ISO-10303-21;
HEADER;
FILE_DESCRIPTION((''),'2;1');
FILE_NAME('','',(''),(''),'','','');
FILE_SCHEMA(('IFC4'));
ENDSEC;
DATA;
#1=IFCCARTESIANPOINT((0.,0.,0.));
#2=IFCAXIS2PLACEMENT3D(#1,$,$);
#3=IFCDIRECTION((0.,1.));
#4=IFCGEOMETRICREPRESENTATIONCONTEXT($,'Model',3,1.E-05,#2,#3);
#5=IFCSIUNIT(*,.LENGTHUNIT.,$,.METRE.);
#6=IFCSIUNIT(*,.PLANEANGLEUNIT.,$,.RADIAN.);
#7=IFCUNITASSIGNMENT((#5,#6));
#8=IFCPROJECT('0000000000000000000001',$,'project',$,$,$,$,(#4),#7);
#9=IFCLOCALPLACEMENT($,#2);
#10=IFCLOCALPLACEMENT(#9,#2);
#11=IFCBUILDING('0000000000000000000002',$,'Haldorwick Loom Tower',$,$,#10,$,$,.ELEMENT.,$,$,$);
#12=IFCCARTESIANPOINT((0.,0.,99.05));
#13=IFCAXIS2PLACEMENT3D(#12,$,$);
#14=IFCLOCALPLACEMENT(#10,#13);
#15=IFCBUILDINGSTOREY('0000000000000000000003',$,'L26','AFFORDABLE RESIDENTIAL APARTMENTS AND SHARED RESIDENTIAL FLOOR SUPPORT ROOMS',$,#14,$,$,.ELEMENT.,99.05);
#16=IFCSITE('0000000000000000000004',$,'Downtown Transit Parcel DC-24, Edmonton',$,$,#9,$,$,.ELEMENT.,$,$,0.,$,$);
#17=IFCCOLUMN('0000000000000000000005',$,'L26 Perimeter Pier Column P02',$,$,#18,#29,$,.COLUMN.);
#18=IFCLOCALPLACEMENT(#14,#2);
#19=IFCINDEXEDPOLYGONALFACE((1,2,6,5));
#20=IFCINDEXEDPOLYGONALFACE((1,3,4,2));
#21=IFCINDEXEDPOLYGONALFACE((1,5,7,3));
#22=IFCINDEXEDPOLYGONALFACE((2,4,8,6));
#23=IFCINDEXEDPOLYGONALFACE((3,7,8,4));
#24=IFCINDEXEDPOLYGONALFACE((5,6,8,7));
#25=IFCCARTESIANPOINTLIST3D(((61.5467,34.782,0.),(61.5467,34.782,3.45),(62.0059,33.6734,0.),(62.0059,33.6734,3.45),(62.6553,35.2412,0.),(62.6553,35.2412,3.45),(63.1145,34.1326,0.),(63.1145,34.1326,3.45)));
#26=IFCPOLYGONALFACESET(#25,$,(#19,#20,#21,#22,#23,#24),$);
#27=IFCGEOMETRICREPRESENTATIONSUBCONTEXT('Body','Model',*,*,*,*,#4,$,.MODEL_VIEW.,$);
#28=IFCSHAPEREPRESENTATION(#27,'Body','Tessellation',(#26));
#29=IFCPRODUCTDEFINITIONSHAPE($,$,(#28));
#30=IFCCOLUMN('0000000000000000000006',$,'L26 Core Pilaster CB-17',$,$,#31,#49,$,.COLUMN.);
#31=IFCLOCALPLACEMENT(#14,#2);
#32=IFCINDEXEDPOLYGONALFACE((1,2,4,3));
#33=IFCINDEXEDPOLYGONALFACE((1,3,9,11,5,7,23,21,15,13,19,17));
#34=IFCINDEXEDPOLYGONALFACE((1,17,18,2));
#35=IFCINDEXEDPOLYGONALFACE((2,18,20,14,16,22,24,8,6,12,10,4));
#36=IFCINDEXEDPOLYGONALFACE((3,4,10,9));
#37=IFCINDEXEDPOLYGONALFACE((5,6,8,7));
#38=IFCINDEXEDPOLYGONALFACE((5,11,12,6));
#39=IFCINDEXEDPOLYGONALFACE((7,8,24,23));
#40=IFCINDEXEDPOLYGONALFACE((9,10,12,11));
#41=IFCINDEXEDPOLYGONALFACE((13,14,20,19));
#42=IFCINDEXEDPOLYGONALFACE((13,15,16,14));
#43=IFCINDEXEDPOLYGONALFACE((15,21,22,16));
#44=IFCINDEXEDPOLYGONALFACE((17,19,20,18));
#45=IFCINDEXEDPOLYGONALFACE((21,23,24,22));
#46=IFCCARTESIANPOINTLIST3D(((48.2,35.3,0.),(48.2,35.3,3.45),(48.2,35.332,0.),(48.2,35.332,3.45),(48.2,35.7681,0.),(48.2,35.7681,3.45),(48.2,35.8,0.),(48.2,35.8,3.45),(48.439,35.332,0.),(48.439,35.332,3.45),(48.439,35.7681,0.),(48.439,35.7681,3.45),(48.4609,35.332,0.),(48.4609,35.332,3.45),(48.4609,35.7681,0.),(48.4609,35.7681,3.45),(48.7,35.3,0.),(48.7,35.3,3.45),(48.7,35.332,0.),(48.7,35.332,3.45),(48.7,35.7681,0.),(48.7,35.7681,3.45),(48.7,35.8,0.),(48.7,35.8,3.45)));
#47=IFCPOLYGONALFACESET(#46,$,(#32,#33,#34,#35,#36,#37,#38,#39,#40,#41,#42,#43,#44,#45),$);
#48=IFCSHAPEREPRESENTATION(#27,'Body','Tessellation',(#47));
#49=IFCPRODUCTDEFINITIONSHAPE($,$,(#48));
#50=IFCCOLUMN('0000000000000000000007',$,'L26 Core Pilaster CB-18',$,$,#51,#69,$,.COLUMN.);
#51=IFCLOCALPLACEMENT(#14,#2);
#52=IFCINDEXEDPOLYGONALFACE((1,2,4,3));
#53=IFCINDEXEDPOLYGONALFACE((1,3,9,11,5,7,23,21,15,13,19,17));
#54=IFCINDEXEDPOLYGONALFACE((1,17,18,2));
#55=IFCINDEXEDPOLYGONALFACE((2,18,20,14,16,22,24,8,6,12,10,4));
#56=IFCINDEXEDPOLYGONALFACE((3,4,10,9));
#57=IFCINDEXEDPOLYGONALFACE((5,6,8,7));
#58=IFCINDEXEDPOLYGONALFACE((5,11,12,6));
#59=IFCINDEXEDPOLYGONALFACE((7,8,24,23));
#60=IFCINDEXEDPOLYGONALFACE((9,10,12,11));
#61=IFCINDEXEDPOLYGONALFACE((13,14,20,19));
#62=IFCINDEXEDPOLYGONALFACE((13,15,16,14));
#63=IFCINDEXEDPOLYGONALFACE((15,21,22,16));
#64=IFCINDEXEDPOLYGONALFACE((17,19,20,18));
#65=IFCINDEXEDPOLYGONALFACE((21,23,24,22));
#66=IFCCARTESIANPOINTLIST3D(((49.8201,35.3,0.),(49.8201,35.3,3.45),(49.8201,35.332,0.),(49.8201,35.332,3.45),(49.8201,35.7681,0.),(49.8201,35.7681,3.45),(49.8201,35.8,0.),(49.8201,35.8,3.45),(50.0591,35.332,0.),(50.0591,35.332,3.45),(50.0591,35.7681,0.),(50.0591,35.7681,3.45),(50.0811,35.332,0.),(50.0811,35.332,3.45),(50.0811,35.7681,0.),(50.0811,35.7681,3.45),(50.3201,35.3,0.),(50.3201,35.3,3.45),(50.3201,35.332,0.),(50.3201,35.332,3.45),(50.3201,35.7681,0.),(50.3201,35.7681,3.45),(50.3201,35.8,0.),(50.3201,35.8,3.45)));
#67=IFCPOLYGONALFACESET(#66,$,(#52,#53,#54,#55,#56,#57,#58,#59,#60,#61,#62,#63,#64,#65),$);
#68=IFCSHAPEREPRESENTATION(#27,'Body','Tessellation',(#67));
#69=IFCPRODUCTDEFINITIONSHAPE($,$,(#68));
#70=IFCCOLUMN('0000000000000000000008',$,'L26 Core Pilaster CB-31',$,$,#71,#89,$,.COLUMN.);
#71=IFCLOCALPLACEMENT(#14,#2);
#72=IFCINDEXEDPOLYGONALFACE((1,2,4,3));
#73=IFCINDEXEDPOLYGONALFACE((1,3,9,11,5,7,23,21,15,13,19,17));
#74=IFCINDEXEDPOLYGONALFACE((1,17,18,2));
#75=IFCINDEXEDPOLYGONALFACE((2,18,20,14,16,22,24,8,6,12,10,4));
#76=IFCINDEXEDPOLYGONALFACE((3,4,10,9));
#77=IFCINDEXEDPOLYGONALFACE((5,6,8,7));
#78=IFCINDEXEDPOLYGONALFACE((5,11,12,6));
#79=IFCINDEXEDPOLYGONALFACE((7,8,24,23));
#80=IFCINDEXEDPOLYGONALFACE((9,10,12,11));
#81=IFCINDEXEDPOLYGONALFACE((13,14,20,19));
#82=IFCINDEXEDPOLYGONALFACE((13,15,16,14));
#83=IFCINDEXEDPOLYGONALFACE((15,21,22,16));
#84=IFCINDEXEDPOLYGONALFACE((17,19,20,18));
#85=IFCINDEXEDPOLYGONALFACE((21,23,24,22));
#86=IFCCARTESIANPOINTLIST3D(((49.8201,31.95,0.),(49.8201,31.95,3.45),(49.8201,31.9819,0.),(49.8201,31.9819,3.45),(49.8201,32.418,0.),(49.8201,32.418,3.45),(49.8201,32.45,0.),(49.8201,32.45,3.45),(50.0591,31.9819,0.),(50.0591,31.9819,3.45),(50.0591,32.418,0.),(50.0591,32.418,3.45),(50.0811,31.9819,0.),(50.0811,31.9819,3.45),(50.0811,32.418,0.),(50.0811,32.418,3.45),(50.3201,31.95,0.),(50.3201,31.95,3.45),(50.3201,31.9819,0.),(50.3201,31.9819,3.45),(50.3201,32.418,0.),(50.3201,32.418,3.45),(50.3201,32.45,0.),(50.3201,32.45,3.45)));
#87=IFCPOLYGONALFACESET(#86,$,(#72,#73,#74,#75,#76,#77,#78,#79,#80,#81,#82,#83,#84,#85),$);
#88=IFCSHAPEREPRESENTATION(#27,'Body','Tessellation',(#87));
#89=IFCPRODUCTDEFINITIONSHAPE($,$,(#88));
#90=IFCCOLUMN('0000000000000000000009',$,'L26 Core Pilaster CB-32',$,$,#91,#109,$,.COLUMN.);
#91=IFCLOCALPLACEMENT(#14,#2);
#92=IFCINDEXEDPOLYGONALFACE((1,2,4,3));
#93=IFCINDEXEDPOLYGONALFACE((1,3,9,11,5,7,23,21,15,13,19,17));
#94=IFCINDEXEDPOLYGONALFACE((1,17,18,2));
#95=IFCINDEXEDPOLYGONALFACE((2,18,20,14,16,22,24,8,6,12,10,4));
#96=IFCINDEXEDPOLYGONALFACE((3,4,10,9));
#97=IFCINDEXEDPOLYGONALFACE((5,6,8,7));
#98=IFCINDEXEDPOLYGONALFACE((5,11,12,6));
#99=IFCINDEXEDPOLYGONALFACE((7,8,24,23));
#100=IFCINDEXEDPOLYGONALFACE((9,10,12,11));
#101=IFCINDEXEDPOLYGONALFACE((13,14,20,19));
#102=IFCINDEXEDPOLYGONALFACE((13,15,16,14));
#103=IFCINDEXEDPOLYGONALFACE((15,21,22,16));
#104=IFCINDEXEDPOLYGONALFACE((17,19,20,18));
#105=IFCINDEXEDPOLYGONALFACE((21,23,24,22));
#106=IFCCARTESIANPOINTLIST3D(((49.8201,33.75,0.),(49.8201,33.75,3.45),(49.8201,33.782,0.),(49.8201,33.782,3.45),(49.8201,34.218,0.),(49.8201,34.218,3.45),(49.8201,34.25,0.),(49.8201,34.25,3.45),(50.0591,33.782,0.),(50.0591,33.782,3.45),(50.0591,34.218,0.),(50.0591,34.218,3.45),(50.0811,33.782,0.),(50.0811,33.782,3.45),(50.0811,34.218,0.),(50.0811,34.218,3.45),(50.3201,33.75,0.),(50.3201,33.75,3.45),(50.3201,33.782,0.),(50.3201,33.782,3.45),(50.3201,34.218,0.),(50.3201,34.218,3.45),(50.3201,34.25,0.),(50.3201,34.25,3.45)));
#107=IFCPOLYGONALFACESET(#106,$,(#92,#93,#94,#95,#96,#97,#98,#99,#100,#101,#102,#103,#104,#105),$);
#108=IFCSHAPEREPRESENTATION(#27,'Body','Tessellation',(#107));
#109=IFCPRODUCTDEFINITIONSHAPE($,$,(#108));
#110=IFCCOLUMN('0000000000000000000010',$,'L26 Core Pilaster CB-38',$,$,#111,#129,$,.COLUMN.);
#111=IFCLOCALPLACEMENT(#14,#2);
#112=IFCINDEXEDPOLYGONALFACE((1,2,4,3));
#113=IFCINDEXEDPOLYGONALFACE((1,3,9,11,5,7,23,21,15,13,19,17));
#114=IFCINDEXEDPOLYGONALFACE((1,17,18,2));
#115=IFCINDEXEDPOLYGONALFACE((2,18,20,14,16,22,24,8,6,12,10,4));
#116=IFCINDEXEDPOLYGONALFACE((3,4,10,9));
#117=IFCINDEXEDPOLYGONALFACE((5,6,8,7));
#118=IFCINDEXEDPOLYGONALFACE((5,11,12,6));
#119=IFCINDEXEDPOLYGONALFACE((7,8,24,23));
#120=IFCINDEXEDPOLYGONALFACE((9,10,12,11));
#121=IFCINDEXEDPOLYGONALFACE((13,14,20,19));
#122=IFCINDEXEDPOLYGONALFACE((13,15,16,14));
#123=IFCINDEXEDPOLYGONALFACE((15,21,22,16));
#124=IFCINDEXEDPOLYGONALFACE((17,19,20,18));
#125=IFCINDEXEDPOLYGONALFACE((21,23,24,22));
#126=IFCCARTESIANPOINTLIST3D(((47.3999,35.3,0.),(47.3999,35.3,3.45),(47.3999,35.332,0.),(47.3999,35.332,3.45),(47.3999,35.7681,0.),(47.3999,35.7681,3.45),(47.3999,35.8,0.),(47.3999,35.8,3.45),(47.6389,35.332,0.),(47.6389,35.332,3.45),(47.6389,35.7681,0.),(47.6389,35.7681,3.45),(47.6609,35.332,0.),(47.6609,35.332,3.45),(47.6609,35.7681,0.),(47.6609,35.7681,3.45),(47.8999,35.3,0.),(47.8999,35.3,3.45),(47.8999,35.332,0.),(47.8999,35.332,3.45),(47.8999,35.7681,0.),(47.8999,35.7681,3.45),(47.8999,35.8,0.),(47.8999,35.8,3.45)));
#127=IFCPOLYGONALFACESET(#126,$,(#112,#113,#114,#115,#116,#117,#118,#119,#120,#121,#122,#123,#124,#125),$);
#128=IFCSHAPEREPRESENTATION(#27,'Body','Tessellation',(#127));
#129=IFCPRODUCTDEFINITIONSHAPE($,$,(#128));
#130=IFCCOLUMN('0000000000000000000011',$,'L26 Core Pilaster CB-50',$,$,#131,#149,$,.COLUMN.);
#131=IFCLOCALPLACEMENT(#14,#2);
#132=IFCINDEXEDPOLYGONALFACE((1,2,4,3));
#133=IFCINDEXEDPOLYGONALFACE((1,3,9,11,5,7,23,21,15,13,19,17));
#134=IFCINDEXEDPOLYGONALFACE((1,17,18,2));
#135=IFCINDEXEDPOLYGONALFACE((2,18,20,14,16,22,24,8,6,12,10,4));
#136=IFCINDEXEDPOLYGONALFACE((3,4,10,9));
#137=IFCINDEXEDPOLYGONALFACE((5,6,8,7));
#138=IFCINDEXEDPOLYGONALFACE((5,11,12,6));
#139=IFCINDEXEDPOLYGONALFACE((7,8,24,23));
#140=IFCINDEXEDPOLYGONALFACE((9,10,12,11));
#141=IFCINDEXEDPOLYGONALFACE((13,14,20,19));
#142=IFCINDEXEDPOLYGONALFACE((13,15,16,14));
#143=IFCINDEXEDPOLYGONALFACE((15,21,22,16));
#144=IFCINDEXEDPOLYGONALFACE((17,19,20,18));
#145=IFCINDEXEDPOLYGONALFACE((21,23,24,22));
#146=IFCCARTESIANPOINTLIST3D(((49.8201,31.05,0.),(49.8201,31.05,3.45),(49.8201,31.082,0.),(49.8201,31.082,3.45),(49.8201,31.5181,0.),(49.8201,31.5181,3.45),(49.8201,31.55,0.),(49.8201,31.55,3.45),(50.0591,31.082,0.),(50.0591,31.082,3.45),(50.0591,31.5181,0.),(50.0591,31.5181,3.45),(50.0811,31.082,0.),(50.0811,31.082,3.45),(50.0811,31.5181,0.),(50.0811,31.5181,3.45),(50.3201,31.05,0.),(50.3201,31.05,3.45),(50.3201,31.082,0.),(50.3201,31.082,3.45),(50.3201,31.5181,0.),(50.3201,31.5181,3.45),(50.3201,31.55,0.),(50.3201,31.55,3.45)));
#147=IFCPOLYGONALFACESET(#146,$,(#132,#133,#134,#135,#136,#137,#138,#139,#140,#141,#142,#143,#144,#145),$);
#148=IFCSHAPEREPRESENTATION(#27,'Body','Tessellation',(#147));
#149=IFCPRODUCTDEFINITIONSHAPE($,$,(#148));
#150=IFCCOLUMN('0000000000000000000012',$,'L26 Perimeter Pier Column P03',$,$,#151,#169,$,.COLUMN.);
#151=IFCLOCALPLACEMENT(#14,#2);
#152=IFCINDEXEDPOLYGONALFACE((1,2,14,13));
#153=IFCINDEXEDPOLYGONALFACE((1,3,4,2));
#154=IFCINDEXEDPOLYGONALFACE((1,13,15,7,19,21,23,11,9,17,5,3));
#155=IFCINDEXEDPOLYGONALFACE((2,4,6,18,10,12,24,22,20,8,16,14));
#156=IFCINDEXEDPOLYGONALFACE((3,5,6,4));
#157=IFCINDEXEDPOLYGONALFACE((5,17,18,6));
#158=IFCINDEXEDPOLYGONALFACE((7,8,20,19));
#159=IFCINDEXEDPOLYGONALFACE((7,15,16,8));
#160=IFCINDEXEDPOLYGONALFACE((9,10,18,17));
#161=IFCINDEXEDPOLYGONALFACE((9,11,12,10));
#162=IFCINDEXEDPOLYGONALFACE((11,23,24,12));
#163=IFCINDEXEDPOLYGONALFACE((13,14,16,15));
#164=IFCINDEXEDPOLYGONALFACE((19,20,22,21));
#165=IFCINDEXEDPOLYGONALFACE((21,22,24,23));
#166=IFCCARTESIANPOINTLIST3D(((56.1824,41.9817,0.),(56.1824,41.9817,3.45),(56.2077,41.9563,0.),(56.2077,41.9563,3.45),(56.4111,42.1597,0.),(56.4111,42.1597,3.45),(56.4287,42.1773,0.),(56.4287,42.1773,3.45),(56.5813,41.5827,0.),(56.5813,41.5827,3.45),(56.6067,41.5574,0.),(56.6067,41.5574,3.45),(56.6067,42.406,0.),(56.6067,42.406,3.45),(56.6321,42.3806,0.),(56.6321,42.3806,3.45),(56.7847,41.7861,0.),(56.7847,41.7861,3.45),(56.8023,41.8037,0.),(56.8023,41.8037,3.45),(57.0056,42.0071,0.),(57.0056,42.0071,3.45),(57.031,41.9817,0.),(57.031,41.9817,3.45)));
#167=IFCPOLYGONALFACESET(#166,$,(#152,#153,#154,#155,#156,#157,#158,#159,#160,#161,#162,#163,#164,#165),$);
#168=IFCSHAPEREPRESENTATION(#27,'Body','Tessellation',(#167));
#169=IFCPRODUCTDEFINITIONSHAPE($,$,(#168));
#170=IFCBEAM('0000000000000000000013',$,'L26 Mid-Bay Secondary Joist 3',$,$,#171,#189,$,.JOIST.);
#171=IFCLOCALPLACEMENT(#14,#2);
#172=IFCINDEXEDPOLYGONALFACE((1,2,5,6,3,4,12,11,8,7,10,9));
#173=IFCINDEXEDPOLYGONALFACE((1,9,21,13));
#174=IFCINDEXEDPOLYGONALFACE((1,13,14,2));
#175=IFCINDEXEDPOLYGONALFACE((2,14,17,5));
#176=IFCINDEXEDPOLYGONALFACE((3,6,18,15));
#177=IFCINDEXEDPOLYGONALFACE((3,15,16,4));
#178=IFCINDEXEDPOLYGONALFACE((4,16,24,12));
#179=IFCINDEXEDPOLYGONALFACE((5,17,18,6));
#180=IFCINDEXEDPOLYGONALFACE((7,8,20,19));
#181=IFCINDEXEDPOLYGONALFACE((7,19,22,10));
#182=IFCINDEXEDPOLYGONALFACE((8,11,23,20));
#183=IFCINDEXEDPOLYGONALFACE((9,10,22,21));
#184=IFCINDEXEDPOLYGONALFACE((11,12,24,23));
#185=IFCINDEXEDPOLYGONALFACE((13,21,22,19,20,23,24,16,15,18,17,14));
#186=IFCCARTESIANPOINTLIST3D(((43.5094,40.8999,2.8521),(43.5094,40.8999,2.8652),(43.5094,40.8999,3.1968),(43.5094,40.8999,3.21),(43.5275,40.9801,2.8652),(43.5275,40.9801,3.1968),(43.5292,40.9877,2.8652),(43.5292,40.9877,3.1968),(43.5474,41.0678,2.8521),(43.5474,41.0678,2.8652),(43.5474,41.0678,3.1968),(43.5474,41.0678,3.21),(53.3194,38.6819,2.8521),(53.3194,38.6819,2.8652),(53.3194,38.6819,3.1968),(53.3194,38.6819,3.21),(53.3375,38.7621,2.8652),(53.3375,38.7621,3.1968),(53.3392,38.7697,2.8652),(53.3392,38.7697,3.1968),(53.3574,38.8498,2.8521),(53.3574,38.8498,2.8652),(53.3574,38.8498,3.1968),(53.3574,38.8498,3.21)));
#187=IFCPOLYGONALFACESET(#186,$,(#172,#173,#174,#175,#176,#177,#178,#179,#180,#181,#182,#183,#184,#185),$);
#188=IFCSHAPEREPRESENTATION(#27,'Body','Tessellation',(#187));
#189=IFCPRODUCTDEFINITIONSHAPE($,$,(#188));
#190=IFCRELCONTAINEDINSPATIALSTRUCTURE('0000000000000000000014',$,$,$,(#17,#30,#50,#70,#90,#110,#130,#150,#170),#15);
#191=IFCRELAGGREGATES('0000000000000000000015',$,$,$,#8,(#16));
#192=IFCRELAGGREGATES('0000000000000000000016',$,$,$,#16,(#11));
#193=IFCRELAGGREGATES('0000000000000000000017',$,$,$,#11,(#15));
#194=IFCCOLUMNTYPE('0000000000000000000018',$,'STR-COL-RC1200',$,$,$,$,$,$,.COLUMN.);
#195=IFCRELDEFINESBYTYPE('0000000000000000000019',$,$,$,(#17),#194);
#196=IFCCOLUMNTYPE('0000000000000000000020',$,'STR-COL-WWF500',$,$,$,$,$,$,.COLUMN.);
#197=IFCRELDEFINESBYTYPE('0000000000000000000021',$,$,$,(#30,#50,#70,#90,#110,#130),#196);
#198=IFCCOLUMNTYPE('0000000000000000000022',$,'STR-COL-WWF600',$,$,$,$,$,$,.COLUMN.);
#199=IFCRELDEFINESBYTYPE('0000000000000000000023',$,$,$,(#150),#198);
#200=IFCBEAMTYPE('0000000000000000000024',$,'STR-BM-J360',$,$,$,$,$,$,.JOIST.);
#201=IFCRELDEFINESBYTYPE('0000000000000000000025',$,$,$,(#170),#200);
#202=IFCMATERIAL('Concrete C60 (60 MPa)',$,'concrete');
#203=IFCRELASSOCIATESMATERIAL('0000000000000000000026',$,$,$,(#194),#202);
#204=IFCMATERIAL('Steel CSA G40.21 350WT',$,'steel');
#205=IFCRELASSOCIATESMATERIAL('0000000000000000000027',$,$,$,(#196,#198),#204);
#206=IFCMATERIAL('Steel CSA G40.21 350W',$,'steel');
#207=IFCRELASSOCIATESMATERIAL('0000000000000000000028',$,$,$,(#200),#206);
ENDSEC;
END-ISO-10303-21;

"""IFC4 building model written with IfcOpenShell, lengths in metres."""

from ifc_helpers import new_model, si_unit, direction, frame, origin, origin_2d, place, context, subcontext, project, spatial, rectangle, i_section, extrude, material, material_profile, profile_set, type_object, element, save


model = new_model("IFC4")

# Units and contexts
model_context = context("Model", 3, precision=1e-05, world=origin(), true_north=direction((0.0, 1.0)))
body_context = subcontext(model_context, "Body", "Model", "MODEL_VIEW")
ifc_project = project(units=[si_unit("LENGTHUNIT", "METRE"), si_unit("PLANEANGLEUNIT", "RADIAN")], contexts=[model_context])

# Site, building, storey
site_placement = place(None, origin())
site = spatial("IfcSite", under=ifc_project, at=site_placement, Name="Downtown Transit Parcel DC-24, Edmonton", CompositionType="ELEMENT", RefElevation=0.0)
building_placement = place(site_placement, origin())
building = spatial("IfcBuilding", under=site, at=building_placement, Name="Haldorwick Loom Tower", CompositionType="ELEMENT")
storey_placement = place(building_placement, frame((0.0, 0.0, 99.05)))
storey = spatial("IfcBuildingStorey", under=building, at=storey_placement, Name="L26", Description="AFFORDABLE RESIDENTIAL APARTMENTS AND SHARED RESIDENTIAL FLOOR SUPPORT ROOMS", CompositionType="ELEMENT", Elevation=99.05)

# Columns
ifc_material_1 = material(Name="Concrete C60 (60 MPa)", Category="concrete")
ifc_material_profile_1 = material_profile(ifc_material_1, rectangle(XDim=1.2, YDim=1.2, at=origin_2d()), Name="RC1200X1200", Category="concrete")
ifc_profile_set_1 = profile_set([ifc_material_profile_1], Name="Concrete C60 (60 MPa)")
column_type_1 = type_object("IfcColumnType", Name="STR-COL-RC1200", PredefinedType="COLUMN", material=ifc_profile_set_1)
column_1_placement = place(storey_placement, frame((62.3306, 34.4573, 0.0), z_axis=(0.0, 0.0, 1.0), x_axis=(0.92388, 0.382683, 0.0)))
element("IfcColumn", 1, at=column_1_placement, inside=storey, type_object=column_type_1, Name="L26 Perimeter Pier Column P02", PredefinedType="COLUMN", context=body_context, shape_type="SweptSolid", body=[
    extrude(rectangle(XDim=1.2, YDim=1.2, at=origin_2d()), origin(), (0.0, 0.0, 1.0), 3.45),
])
ifc_material_2 = material(Name="Steel CSA G40.21 350WT", Category="steel")
ifc_material_profile_2 = material_profile(ifc_material_2, i_section(OverallWidth=0.5, OverallDepth=0.5, WebThickness=0.022, FlangeThickness=0.032, at=origin_2d()), Name="WWF500X500", Category="steel")
ifc_profile_set_2 = profile_set([ifc_material_profile_2], Name="Steel CSA G40.21 350WT")
column_type_2 = type_object("IfcColumnType", Name="STR-COL-WWF500", PredefinedType="COLUMN", material=ifc_profile_set_2)
for number, where, z_axis, x_axis, name in (
    (2, (48.45, 35.55, 0.0), (0.0, 0.0, 1.0), (1.0, 0.0, 0.0), "L26 Core Pilaster CB-17"),
    (3, (50.0701, 35.55, 0.0), (0.0, 0.0, 1.0), (1.0, 0.0, 0.0), "L26 Core Pilaster CB-18"),
    (4, (50.0701, 32.2, 0.0), (0.0, 0.0, 1.0), (1.0, 0.0, 0.0), "L26 Core Pilaster CB-31"),
    (5, (50.0701, 34.0, 0.0), (0.0, 0.0, 1.0), (1.0, 0.0, 0.0), "L26 Core Pilaster CB-32"),
    (6, (47.6499, 35.55, 0.0), (0.0, 0.0, 1.0), (1.0, 0.0, 0.0), "L26 Core Pilaster CB-38"),
    (7, (50.0701, 31.3, 0.0), (0.0, 0.0, 1.0), (1.0, 0.0, 0.0), "L26 Core Pilaster CB-50"),
):
    element("IfcColumn", number, at=place(storey_placement, frame(where, z_axis=z_axis, x_axis=x_axis)), inside=storey, type_object=column_type_2, Name=name, PredefinedType="COLUMN", context=body_context, shape_type="SweptSolid", body=[
        extrude(i_section(OverallWidth=0.5, OverallDepth=0.5, WebThickness=0.022, FlangeThickness=0.032, at=origin_2d()), origin(), (0.0, 0.0, 1.0), 3.45),
    ])
ifc_material_profile_3 = material_profile(ifc_material_2, i_section(OverallWidth=0.6001, OverallDepth=0.6001, WebThickness=0.0249, FlangeThickness=0.0359, at=origin_2d()), Name="WWF600X600", Category="steel")
ifc_profile_set_3 = profile_set([ifc_material_profile_3], Name="Steel CSA G40.21 350WT")
column_type_3 = type_object("IfcColumnType", Name="STR-COL-WWF600", PredefinedType="COLUMN", material=ifc_profile_set_3)
column_2_placement = place(storey_placement, frame((56.6067, 41.9817, 0.0), z_axis=(0.0, 0.0, 1.0), x_axis=(0.707107, 0.707107, 0.0)))
element("IfcColumn", 8, at=column_2_placement, inside=storey, type_object=column_type_3, Name="L26 Perimeter Pier Column P03", PredefinedType="COLUMN", context=body_context, shape_type="SweptSolid", body=[
    extrude(i_section(OverallWidth=0.6001, OverallDepth=0.6001, WebThickness=0.0249, FlangeThickness=0.0359, at=origin_2d()), origin(), (0.0, 0.0, 1.0), 3.45),
])

# Beam
ifc_material_3 = material(Name="Steel CSA G40.21 350W", Category="steel")
ifc_material_profile_4 = material_profile(ifc_material_3, i_section(OverallWidth=0.1721, OverallDepth=0.3579, WebThickness=0.0078, FlangeThickness=0.0132, at=origin_2d()), Name="W360X57", Category="steel")
ifc_profile_set_4 = profile_set([ifc_material_profile_4], Name="Steel CSA G40.21 350W")
beam_type_1 = type_object("IfcBeamType", Name="STR-BM-J360", PredefinedType="JOIST", material=ifc_profile_set_4)
beam_1_placement = place(storey_placement, frame((53.3384, 38.7659, 3.031), z_axis=(-0.97538, 0.22053, 0.0), x_axis=(-0.22053, -0.97538, 0.0)))
element("IfcBeam", 9, at=beam_1_placement, inside=storey, type_object=beam_type_1, Name="L26 Mid-Bay Secondary Joist 3", PredefinedType="JOIST", context=body_context, shape_type="SweptSolid", body=[
    extrude(i_section(OverallWidth=0.1721, OverallDepth=0.3579, WebThickness=0.0078, FlangeThickness=0.0132, at=origin_2d()), origin(), (0.0, 0.0, 1.0), 10.0576),
])

save(model, "model.ifc")
